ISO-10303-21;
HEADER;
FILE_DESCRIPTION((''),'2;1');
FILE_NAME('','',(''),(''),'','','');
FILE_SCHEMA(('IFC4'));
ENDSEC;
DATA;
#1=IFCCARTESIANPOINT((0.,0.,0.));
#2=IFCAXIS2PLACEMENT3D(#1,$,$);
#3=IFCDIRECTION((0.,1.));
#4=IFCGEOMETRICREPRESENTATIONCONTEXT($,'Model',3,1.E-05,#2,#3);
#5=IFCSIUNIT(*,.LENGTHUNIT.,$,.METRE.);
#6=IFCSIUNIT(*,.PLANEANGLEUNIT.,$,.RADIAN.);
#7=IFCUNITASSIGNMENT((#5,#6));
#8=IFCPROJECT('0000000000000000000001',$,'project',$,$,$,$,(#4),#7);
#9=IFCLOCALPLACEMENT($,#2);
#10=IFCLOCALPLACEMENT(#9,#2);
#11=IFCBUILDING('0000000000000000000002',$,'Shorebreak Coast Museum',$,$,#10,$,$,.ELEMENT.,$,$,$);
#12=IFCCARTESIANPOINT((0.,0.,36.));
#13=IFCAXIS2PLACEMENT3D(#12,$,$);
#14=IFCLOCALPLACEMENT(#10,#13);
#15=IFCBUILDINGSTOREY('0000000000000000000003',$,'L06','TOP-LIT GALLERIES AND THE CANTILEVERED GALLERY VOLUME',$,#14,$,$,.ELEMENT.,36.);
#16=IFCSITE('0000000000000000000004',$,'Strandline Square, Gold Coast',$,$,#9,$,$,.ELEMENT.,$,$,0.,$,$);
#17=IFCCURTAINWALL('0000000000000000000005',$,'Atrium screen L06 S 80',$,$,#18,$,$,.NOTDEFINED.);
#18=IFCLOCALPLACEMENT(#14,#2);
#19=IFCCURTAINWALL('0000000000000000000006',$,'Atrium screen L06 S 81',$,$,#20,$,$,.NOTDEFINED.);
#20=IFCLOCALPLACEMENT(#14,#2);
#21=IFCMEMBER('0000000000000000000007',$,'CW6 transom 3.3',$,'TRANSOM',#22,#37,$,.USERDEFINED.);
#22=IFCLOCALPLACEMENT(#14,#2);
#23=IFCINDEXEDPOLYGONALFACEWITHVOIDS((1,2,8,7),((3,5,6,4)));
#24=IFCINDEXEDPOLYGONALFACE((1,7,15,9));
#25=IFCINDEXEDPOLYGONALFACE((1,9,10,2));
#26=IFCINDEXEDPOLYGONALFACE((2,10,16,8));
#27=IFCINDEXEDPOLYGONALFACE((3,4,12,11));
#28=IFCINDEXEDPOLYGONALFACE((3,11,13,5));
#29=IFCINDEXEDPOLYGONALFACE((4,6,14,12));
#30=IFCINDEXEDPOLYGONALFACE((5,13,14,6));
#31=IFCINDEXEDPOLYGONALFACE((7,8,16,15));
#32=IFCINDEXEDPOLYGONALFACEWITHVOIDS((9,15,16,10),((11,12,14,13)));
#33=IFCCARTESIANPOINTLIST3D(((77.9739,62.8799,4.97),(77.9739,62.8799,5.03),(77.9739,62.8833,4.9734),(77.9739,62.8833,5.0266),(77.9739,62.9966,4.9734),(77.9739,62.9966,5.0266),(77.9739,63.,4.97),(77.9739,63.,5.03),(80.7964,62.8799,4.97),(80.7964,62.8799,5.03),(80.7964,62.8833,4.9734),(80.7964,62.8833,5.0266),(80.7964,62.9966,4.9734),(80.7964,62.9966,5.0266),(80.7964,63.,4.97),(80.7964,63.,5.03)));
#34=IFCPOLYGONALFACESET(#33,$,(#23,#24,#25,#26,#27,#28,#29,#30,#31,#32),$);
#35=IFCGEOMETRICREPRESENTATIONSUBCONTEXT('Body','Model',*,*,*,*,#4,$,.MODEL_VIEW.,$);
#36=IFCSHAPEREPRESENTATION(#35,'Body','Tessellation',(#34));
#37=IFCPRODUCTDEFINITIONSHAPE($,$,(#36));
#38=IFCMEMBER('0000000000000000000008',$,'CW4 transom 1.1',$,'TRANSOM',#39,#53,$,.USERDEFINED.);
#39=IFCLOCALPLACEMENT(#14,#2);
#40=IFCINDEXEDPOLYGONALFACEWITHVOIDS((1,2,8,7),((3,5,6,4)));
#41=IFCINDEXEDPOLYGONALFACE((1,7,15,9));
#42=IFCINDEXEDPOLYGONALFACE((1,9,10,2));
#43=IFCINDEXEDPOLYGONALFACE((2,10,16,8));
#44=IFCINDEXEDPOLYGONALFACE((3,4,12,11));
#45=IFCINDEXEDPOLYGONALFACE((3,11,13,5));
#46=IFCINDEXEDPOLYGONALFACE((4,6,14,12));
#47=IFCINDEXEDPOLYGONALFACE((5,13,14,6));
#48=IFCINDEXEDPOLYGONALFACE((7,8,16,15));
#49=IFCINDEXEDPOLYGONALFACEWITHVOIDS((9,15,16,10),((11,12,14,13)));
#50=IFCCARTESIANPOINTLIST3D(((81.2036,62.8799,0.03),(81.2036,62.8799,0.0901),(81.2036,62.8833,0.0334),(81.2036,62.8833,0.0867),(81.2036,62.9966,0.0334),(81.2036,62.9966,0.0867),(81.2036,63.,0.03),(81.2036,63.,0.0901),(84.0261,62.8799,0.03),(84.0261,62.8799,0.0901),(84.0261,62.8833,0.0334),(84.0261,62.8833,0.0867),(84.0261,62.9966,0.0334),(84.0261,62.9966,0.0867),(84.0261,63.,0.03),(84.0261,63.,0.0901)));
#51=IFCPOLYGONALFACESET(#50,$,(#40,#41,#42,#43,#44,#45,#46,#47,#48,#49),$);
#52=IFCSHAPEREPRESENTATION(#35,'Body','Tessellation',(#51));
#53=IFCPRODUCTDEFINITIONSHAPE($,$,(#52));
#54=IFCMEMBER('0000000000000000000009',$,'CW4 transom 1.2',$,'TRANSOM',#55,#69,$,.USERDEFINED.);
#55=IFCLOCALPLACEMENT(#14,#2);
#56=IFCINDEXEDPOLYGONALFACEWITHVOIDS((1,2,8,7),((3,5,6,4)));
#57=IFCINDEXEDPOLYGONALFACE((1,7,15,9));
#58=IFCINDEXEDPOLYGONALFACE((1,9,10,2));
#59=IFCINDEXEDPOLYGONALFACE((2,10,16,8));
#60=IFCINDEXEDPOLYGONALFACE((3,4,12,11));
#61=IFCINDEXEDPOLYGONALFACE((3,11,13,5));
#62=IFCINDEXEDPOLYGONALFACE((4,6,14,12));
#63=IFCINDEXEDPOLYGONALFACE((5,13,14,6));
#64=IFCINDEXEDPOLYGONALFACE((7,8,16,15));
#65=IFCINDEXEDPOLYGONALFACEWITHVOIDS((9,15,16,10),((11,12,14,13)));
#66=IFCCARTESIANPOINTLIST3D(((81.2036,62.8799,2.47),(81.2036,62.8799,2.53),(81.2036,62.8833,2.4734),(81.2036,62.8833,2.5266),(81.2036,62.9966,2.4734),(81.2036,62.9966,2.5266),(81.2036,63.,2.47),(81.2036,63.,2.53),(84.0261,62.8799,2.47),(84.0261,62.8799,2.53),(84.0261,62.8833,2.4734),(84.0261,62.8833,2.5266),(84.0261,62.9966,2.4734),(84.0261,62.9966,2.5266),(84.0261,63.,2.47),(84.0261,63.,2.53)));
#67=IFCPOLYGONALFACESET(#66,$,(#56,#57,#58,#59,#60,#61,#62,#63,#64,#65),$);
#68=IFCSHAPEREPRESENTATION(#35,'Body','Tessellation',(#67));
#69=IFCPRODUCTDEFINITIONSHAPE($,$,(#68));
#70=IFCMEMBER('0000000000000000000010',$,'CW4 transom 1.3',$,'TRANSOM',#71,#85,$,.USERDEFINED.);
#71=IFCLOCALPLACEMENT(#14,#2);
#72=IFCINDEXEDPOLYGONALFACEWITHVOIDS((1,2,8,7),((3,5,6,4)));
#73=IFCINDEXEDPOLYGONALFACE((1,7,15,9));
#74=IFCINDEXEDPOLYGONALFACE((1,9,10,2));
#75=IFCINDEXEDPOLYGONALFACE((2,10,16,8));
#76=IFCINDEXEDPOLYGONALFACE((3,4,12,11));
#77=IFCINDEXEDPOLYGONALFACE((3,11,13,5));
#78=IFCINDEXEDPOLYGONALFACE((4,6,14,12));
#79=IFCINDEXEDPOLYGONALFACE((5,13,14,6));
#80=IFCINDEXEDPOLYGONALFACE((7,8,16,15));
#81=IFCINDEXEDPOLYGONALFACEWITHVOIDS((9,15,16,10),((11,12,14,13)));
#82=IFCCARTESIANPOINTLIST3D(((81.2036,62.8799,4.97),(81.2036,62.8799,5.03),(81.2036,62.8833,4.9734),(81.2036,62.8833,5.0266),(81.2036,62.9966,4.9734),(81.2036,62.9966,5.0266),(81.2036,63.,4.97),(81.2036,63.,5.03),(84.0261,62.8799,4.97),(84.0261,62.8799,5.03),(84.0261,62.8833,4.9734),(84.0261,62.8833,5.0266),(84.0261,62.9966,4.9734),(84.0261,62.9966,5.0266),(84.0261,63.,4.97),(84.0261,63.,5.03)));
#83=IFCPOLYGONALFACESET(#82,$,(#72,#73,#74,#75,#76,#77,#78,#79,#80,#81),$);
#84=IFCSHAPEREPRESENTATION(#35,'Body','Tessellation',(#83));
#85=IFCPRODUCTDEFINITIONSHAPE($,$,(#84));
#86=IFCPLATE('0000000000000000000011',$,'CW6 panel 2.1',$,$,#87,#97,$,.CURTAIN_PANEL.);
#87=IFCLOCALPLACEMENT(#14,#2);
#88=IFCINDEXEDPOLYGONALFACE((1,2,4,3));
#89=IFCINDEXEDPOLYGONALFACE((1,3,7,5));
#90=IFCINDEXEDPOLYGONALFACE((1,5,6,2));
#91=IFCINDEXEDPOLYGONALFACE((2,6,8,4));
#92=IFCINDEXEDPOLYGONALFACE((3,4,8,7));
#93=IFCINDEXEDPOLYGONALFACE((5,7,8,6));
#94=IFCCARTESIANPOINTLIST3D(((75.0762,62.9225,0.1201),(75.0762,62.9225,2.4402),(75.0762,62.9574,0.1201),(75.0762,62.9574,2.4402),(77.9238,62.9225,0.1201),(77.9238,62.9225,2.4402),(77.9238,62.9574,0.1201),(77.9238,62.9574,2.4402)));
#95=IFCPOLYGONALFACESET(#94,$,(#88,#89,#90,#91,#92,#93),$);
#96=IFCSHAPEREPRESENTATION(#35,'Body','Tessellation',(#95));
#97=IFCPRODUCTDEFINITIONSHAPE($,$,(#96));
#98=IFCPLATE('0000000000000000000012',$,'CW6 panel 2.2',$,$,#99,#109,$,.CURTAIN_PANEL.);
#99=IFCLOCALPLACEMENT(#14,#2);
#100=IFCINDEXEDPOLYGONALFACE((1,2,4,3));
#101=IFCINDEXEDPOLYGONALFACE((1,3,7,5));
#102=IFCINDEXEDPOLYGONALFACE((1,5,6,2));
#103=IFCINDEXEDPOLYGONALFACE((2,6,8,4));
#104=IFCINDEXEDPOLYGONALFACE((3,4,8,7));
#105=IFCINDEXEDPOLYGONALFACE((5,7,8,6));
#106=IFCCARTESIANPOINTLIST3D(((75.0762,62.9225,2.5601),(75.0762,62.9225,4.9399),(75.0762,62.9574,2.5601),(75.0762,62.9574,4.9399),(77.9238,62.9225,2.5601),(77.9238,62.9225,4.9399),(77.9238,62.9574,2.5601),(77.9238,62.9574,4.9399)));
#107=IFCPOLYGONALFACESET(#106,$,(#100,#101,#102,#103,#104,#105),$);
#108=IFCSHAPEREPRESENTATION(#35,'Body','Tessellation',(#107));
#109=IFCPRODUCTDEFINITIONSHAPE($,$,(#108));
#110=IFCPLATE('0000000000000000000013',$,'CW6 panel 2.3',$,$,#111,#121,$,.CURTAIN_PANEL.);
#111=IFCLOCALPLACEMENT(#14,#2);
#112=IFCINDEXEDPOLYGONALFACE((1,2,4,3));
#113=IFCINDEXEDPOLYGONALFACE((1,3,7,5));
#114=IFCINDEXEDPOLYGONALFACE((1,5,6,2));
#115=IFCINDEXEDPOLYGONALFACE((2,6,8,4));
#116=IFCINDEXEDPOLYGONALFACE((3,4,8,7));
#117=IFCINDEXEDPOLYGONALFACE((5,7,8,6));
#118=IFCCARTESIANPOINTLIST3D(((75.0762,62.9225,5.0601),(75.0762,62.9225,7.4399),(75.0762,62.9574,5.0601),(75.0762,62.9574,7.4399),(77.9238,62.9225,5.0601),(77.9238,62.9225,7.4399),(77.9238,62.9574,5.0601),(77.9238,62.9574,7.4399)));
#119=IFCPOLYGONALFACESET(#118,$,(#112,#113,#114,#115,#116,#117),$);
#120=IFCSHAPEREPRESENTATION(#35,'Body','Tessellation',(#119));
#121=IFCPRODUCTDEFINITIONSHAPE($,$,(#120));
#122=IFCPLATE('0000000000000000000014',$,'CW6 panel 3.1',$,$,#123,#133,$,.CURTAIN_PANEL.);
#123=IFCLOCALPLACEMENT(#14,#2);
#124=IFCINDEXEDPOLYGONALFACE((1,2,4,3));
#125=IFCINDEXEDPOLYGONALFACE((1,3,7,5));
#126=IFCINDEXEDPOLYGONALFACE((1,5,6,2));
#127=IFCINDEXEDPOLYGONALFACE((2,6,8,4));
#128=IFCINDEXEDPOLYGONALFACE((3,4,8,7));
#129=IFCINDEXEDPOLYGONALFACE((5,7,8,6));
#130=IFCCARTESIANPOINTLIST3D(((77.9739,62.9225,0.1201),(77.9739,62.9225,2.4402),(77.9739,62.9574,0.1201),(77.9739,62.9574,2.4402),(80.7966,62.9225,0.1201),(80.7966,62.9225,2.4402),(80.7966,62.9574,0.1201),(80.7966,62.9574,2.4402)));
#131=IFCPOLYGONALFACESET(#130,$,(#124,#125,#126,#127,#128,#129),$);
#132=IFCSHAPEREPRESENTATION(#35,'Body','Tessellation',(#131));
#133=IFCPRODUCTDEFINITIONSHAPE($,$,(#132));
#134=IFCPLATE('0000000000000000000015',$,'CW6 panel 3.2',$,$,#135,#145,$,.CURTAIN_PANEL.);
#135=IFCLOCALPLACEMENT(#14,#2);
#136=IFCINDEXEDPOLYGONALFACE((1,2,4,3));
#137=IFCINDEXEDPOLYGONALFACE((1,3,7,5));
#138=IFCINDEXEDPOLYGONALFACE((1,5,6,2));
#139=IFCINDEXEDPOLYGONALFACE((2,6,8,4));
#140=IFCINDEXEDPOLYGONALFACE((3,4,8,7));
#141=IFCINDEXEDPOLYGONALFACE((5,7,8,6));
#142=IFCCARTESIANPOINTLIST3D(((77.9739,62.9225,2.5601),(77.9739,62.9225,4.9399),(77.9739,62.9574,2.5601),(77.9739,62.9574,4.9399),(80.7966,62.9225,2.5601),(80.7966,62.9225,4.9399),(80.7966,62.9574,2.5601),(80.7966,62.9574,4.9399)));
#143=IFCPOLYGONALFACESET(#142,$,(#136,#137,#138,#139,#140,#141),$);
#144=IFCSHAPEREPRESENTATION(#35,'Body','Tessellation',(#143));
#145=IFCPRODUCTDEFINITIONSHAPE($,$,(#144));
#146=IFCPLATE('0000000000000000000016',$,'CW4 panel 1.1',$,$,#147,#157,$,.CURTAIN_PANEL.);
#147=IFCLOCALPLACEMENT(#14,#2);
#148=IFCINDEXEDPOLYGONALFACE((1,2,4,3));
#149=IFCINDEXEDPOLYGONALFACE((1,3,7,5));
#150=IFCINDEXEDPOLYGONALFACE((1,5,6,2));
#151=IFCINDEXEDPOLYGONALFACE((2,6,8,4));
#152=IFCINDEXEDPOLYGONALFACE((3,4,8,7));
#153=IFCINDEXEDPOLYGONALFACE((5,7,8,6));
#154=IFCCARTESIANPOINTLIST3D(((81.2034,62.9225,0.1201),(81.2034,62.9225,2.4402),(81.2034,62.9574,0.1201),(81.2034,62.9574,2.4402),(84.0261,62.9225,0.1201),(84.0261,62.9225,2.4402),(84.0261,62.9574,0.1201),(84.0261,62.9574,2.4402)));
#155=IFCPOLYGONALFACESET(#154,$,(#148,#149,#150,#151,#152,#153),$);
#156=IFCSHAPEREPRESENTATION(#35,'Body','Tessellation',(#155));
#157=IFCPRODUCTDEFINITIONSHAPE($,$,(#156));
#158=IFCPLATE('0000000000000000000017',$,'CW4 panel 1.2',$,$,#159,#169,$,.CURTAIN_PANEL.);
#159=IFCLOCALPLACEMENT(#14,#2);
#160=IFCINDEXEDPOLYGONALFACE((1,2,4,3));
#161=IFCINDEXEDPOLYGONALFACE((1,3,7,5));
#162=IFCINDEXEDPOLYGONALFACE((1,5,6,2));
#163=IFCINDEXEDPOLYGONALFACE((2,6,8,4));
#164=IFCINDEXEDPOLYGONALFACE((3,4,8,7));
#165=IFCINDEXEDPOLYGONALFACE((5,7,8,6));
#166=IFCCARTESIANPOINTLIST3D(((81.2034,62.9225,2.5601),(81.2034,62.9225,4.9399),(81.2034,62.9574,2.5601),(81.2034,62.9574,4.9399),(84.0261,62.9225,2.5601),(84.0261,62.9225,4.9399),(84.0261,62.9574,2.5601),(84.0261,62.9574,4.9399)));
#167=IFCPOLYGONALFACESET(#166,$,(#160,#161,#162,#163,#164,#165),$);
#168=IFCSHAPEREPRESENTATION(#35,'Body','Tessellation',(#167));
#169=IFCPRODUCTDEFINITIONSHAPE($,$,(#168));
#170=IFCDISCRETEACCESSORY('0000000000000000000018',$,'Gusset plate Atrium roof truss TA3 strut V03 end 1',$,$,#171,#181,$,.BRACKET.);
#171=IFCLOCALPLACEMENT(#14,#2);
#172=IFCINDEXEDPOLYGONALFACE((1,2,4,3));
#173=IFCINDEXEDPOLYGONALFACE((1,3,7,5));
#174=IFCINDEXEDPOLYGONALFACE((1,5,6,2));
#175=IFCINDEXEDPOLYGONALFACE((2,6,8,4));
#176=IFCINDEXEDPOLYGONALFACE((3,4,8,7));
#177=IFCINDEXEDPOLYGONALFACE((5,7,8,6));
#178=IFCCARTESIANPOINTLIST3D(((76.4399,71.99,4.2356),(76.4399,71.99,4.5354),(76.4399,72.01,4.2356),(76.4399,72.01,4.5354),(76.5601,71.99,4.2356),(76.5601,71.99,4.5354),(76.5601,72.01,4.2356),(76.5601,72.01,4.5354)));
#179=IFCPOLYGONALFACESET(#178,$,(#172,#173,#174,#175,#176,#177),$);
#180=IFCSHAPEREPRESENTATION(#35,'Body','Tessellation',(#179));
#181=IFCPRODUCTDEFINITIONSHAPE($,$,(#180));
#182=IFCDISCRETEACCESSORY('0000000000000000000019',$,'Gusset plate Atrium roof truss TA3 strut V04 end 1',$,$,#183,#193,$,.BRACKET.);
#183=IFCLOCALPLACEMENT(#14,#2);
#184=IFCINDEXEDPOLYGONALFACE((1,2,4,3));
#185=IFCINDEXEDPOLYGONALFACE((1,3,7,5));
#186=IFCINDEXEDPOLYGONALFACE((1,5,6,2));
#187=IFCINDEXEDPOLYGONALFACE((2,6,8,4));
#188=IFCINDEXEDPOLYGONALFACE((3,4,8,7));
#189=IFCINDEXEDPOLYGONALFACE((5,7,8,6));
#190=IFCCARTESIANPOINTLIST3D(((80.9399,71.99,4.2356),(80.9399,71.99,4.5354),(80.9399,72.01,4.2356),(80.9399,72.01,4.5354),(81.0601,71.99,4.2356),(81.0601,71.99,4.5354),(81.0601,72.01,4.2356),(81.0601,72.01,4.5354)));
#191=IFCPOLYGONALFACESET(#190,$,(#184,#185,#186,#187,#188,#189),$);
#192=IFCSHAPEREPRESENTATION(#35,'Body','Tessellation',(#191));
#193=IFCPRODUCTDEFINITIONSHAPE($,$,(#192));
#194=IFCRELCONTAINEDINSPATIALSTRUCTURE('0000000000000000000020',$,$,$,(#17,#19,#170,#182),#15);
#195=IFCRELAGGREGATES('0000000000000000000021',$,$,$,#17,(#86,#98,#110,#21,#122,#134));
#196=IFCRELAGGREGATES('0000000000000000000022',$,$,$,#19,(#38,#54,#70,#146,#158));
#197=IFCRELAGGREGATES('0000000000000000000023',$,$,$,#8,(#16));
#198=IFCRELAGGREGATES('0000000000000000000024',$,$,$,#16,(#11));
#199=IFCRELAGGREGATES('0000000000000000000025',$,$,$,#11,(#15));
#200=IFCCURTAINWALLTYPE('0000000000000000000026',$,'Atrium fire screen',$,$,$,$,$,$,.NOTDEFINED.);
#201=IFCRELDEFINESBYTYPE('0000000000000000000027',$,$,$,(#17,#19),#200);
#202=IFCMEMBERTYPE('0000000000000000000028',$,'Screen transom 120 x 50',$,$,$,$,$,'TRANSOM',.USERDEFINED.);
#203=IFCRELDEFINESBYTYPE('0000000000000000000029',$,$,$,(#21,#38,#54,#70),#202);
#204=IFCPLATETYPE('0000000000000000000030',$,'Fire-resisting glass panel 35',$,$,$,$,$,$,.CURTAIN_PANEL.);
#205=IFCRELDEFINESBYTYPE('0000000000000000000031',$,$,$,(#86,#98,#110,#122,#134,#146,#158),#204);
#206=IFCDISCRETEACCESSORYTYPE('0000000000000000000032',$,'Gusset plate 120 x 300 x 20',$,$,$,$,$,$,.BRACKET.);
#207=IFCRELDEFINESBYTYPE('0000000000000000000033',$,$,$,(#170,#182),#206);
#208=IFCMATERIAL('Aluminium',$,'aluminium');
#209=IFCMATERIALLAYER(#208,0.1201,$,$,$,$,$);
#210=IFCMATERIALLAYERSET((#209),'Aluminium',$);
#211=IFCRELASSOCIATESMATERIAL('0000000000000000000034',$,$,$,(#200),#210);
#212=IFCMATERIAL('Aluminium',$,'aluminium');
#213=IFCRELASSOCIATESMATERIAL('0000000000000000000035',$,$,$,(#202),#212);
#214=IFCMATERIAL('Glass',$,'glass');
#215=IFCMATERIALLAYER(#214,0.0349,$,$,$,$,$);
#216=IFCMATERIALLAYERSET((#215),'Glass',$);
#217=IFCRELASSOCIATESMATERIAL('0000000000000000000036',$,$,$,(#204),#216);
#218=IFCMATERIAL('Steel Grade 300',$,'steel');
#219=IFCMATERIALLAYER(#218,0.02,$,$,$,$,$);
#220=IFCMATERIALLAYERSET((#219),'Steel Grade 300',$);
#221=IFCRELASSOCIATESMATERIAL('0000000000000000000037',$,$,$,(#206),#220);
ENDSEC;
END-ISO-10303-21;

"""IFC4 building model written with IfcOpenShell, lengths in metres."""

from ifc_helpers import new_model, si_unit, direction, frame, origin, origin_2d, place, context, subcontext, project, spatial, polyline, rectangle, hollow_rectangle, outline, extrude, material, layer, layer_set, material_profile, profile_set, type_object, element, aggregate, save


model = new_model("IFC4")

# Units and contexts
model_context = context("Model", 3, precision=1e-05, world=origin(), true_north=direction((0.0, 1.0)))
body_context = subcontext(model_context, "Body", "Model", "MODEL_VIEW")
ifc_project = project(units=[si_unit("LENGTHUNIT", "METRE"), si_unit("PLANEANGLEUNIT", "RADIAN")], contexts=[model_context])

# Site, building, storey
site_placement = place(None, origin())
site = spatial("IfcSite", under=ifc_project, at=site_placement, Name="Strandline Square, Gold Coast", CompositionType="ELEMENT", RefElevation=0.0)
building_placement = place(site_placement, origin())
building = spatial("IfcBuilding", under=site, at=building_placement, Name="Shorebreak Coast Museum", CompositionType="ELEMENT")
storey_placement = place(building_placement, frame((0.0, 0.0, 36.0)))
storey = spatial("IfcBuildingStorey", under=building, at=storey_placement, Name="L06", Description="TOP-LIT GALLERIES AND THE CANTILEVERED GALLERY VOLUME", CompositionType="ELEMENT", Elevation=36.0)

# Curtain wall
ifc_material_1 = material(Name="Aluminium", Category="aluminium")
ifc_layer_1 = layer(ifc_material_1, 0.1201)
ifc_layer_set_1 = layer_set([ifc_layer_1], Name="Aluminium")
curtain_wall_type = type_object("IfcCurtainWallType", Name="Atrium fire screen", PredefinedType="NOTDEFINED", material=ifc_layer_set_1)
curtain_wall_1_placement = place(storey_placement, origin())
curtain_wall_1 = element("IfcCurtainWall", 1, at=curtain_wall_1_placement, inside=storey, type_object=curtain_wall_type, Name="Atrium screen L06 S 80", PredefinedType="NOTDEFINED")

# Curtain wall
curtain_wall_2_placement = place(storey_placement, origin())
curtain_wall_2 = element("IfcCurtainWall", 2, at=curtain_wall_2_placement, inside=storey, type_object=curtain_wall_type, Name="Atrium screen L06 S 81", PredefinedType="NOTDEFINED")

# Members
ifc_material_2 = material(Name="Aluminium", Category="aluminium")
ifc_material_profile_1 = material_profile(ifc_material_2, hollow_rectangle(XDim=0.1201, YDim=0.0601, WallThickness=0.0034, at=origin_2d()), Name="AL 60x120 RHS")
ifc_profile_set_1 = profile_set([ifc_material_profile_1], Name="Aluminium")
member_type_1 = type_object("IfcMemberType", Name="Screen transom 120 x 50", ElementType="TRANSOM", PredefinedType="USERDEFINED", material=ifc_profile_set_1)
member_1_placement = place(storey_placement, frame((77.9739, 62.9399, 5.0), z_axis=(1.0, 0.0, 0.0), x_axis=(0.0, 1.0, 0.0)))
member_1 = element("IfcMember", 3, at=member_1_placement, type_object=member_type_1, Name="CW6 transom 3.3", ObjectType="TRANSOM", PredefinedType="USERDEFINED", context=body_context, shape_type="SweptSolid", body=[
    extrude(hollow_rectangle(XDim=0.1201, YDim=0.0601, WallThickness=0.0034, at=origin_2d()), origin(), (0.0, 0.0, 1.0), 2.8225),
])
member_2_placement = place(storey_placement, frame((81.2036, 62.9399, 0.0601), z_axis=(1.0, 0.0, 0.0), x_axis=(0.0, 1.0, 0.0)))
member_2 = element("IfcMember", 4, at=member_2_placement, type_object=member_type_1, Name="CW4 transom 1.1", ObjectType="TRANSOM", PredefinedType="USERDEFINED", context=body_context, shape_type="SweptSolid", body=[
    extrude(hollow_rectangle(XDim=0.1201, YDim=0.0601, WallThickness=0.0034, at=origin_2d()), origin(), (0.0, 0.0, 1.0), 2.8225),
])
member_3_placement = place(storey_placement, frame((81.2036, 62.9399, 2.5), z_axis=(1.0, 0.0, 0.0), x_axis=(0.0, 1.0, 0.0)))
member_3 = element("IfcMember", 5, at=member_3_placement, type_object=member_type_1, Name="CW4 transom 1.2", ObjectType="TRANSOM", PredefinedType="USERDEFINED", context=body_context, shape_type="SweptSolid", body=[
    extrude(hollow_rectangle(XDim=0.1201, YDim=0.0601, WallThickness=0.0034, at=origin_2d()), origin(), (0.0, 0.0, 1.0), 2.8225),
])
member_4_placement = place(storey_placement, frame((81.2036, 62.9399, 5.0), z_axis=(1.0, 0.0, 0.0), x_axis=(0.0, 1.0, 0.0)))
member_4 = element("IfcMember", 6, at=member_4_placement, type_object=member_type_1, Name="CW4 transom 1.3", ObjectType="TRANSOM", PredefinedType="USERDEFINED", context=body_context, shape_type="SweptSolid", body=[
    extrude(hollow_rectangle(XDim=0.1201, YDim=0.0601, WallThickness=0.0034, at=origin_2d()), origin(), (0.0, 0.0, 1.0), 2.8225),
])

# Plates
ifc_material_3 = material(Name="Glass", Category="glass")
ifc_layer_2 = layer(ifc_material_3, 0.0349)
ifc_layer_set_2 = layer_set([ifc_layer_2], Name="Glass")
plate_type = type_object("IfcPlateType", Name="Fire-resisting glass panel 35", PredefinedType="CURTAIN_PANEL", material=ifc_layer_set_2)
plate_1_placement = place(storey_placement, frame((76.5, 62.9399, 0.1201), z_axis=(0.0, 0.0, 1.0), x_axis=(1.0, 0.0, 0.0)))
plate_1 = element("IfcPlate", 7, at=plate_1_placement, type_object=plate_type, Name="CW6 panel 2.1", PredefinedType="CURTAIN_PANEL", context=body_context, shape_type="SweptSolid", body=[
    extrude(rectangle(XDim=2.8477, YDim=0.0349, at=origin_2d()), origin(), (0.0, 0.0, 1.0), 2.3201),
])
plate_2_placement = place(storey_placement, frame((76.5, 62.9399, 2.5601), z_axis=(0.0, 0.0, 1.0), x_axis=(1.0, 0.0, 0.0)))
plate_2 = element("IfcPlate", 8, at=plate_2_placement, type_object=plate_type, Name="CW6 panel 2.2", PredefinedType="CURTAIN_PANEL", context=body_context, shape_type="SweptSolid", body=[
    extrude(rectangle(XDim=2.8477, YDim=0.0349, at=origin_2d()), origin(), (0.0, 0.0, 1.0), 2.3799),
])
plate_3_placement = place(storey_placement, frame((76.5, 62.9399, 5.0601), z_axis=(0.0, 0.0, 1.0), x_axis=(1.0, 0.0, 0.0)))
plate_3 = element("IfcPlate", 9, at=plate_3_placement, type_object=plate_type, Name="CW6 panel 2.3", PredefinedType="CURTAIN_PANEL", context=body_context, shape_type="SweptSolid", body=[
    extrude(rectangle(XDim=2.8477, YDim=0.0349, at=origin_2d()), origin(), (0.0, 0.0, 1.0), 2.3799),
])
plate_4_placement = place(storey_placement, frame((79.3853, 62.9399, 0.1201), z_axis=(0.0, 0.0, 1.0), x_axis=(1.0, 0.0, 0.0)))
plate_4 = element("IfcPlate", 10, at=plate_4_placement, type_object=plate_type, Name="CW6 panel 3.1", PredefinedType="CURTAIN_PANEL", context=body_context, shape_type="SweptSolid", body=[
    extrude(rectangle(XDim=2.8228, YDim=0.0349, at=origin_2d()), origin(), (0.0, 0.0, 1.0), 2.3201),
])
plate_5_placement = place(storey_placement, frame((79.3853, 62.9399, 2.5601), z_axis=(0.0, 0.0, 1.0), x_axis=(1.0, 0.0, 0.0)))
plate_5 = element("IfcPlate", 11, at=plate_5_placement, type_object=plate_type, Name="CW6 panel 3.2", PredefinedType="CURTAIN_PANEL", context=body_context, shape_type="SweptSolid", body=[
    extrude(rectangle(XDim=2.8228, YDim=0.0349, at=origin_2d()), origin(), (0.0, 0.0, 1.0), 2.3799),
])
aggregate(curtain_wall_1, [plate_1, plate_2, plate_3, member_1, plate_4, plate_5])
plate_6_placement = place(storey_placement, frame((82.6147, 62.9399, 0.1201), z_axis=(0.0, 0.0, 1.0), x_axis=(1.0, 0.0, 0.0)))
plate_6 = element("IfcPlate", 12, at=plate_6_placement, type_object=plate_type, Name="CW4 panel 1.1", PredefinedType="CURTAIN_PANEL", context=body_context, shape_type="SweptSolid", body=[
    extrude(rectangle(XDim=2.8228, YDim=0.0349, at=origin_2d()), origin(), (0.0, 0.0, 1.0), 2.3201),
])
plate_7_placement = place(storey_placement, frame((82.6147, 62.9399, 2.5601), z_axis=(0.0, 0.0, 1.0), x_axis=(1.0, 0.0, 0.0)))
plate_7 = element("IfcPlate", 13, at=plate_7_placement, type_object=plate_type, Name="CW4 panel 1.2", PredefinedType="CURTAIN_PANEL", context=body_context, shape_type="SweptSolid", body=[
    extrude(rectangle(XDim=2.8228, YDim=0.0349, at=origin_2d()), origin(), (0.0, 0.0, 1.0), 2.3799),
])
aggregate(curtain_wall_2, [member_2, member_3, member_4, plate_6, plate_7])

# Discrete accessories
ifc_material_4 = material(Name="Steel Grade 300", Category="steel")
ifc_layer_3 = layer(ifc_material_4, 0.02)
ifc_layer_set_3 = layer_set([ifc_layer_3], Name="Steel Grade 300")
discrete_accessory_type_1 = type_object("IfcDiscreteAccessoryType", Name="Gusset plate 120 x 300 x 20", PredefinedType="BRACKET", material=ifc_layer_set_3)
for number, where, z_axis, x_axis, name in (
    (14, (76.4399, 71.99, 4.2356), (0.0, -1.0, 0.0), (1.0, 0.0, 0.0), "Gusset plate Atrium roof truss TA3 strut V03 end 1"),
    (15, (80.9399, 71.99, 4.2356), (0.0, -1.0, 0.0), (1.0, 0.0, 0.0), "Gusset plate Atrium roof truss TA3 strut V04 end 1"),
):
    element("IfcDiscreteAccessory", number, at=place(storey_placement, frame(where, z_axis=z_axis, x_axis=x_axis)), inside=storey, type_object=discrete_accessory_type_1, Name=name, PredefinedType="BRACKET", context=body_context, shape_type="SweptSolid", body=[
        extrude(outline(polyline([(0.0, 0.0), (0.1201, 0.0), (0.1201, 0.2998), (0.0, 0.2998), (0.0, 0.0)])), origin(), (0.0, 0.0, -1.0), 0.02),
    ])

save(model, "model.ifc")
